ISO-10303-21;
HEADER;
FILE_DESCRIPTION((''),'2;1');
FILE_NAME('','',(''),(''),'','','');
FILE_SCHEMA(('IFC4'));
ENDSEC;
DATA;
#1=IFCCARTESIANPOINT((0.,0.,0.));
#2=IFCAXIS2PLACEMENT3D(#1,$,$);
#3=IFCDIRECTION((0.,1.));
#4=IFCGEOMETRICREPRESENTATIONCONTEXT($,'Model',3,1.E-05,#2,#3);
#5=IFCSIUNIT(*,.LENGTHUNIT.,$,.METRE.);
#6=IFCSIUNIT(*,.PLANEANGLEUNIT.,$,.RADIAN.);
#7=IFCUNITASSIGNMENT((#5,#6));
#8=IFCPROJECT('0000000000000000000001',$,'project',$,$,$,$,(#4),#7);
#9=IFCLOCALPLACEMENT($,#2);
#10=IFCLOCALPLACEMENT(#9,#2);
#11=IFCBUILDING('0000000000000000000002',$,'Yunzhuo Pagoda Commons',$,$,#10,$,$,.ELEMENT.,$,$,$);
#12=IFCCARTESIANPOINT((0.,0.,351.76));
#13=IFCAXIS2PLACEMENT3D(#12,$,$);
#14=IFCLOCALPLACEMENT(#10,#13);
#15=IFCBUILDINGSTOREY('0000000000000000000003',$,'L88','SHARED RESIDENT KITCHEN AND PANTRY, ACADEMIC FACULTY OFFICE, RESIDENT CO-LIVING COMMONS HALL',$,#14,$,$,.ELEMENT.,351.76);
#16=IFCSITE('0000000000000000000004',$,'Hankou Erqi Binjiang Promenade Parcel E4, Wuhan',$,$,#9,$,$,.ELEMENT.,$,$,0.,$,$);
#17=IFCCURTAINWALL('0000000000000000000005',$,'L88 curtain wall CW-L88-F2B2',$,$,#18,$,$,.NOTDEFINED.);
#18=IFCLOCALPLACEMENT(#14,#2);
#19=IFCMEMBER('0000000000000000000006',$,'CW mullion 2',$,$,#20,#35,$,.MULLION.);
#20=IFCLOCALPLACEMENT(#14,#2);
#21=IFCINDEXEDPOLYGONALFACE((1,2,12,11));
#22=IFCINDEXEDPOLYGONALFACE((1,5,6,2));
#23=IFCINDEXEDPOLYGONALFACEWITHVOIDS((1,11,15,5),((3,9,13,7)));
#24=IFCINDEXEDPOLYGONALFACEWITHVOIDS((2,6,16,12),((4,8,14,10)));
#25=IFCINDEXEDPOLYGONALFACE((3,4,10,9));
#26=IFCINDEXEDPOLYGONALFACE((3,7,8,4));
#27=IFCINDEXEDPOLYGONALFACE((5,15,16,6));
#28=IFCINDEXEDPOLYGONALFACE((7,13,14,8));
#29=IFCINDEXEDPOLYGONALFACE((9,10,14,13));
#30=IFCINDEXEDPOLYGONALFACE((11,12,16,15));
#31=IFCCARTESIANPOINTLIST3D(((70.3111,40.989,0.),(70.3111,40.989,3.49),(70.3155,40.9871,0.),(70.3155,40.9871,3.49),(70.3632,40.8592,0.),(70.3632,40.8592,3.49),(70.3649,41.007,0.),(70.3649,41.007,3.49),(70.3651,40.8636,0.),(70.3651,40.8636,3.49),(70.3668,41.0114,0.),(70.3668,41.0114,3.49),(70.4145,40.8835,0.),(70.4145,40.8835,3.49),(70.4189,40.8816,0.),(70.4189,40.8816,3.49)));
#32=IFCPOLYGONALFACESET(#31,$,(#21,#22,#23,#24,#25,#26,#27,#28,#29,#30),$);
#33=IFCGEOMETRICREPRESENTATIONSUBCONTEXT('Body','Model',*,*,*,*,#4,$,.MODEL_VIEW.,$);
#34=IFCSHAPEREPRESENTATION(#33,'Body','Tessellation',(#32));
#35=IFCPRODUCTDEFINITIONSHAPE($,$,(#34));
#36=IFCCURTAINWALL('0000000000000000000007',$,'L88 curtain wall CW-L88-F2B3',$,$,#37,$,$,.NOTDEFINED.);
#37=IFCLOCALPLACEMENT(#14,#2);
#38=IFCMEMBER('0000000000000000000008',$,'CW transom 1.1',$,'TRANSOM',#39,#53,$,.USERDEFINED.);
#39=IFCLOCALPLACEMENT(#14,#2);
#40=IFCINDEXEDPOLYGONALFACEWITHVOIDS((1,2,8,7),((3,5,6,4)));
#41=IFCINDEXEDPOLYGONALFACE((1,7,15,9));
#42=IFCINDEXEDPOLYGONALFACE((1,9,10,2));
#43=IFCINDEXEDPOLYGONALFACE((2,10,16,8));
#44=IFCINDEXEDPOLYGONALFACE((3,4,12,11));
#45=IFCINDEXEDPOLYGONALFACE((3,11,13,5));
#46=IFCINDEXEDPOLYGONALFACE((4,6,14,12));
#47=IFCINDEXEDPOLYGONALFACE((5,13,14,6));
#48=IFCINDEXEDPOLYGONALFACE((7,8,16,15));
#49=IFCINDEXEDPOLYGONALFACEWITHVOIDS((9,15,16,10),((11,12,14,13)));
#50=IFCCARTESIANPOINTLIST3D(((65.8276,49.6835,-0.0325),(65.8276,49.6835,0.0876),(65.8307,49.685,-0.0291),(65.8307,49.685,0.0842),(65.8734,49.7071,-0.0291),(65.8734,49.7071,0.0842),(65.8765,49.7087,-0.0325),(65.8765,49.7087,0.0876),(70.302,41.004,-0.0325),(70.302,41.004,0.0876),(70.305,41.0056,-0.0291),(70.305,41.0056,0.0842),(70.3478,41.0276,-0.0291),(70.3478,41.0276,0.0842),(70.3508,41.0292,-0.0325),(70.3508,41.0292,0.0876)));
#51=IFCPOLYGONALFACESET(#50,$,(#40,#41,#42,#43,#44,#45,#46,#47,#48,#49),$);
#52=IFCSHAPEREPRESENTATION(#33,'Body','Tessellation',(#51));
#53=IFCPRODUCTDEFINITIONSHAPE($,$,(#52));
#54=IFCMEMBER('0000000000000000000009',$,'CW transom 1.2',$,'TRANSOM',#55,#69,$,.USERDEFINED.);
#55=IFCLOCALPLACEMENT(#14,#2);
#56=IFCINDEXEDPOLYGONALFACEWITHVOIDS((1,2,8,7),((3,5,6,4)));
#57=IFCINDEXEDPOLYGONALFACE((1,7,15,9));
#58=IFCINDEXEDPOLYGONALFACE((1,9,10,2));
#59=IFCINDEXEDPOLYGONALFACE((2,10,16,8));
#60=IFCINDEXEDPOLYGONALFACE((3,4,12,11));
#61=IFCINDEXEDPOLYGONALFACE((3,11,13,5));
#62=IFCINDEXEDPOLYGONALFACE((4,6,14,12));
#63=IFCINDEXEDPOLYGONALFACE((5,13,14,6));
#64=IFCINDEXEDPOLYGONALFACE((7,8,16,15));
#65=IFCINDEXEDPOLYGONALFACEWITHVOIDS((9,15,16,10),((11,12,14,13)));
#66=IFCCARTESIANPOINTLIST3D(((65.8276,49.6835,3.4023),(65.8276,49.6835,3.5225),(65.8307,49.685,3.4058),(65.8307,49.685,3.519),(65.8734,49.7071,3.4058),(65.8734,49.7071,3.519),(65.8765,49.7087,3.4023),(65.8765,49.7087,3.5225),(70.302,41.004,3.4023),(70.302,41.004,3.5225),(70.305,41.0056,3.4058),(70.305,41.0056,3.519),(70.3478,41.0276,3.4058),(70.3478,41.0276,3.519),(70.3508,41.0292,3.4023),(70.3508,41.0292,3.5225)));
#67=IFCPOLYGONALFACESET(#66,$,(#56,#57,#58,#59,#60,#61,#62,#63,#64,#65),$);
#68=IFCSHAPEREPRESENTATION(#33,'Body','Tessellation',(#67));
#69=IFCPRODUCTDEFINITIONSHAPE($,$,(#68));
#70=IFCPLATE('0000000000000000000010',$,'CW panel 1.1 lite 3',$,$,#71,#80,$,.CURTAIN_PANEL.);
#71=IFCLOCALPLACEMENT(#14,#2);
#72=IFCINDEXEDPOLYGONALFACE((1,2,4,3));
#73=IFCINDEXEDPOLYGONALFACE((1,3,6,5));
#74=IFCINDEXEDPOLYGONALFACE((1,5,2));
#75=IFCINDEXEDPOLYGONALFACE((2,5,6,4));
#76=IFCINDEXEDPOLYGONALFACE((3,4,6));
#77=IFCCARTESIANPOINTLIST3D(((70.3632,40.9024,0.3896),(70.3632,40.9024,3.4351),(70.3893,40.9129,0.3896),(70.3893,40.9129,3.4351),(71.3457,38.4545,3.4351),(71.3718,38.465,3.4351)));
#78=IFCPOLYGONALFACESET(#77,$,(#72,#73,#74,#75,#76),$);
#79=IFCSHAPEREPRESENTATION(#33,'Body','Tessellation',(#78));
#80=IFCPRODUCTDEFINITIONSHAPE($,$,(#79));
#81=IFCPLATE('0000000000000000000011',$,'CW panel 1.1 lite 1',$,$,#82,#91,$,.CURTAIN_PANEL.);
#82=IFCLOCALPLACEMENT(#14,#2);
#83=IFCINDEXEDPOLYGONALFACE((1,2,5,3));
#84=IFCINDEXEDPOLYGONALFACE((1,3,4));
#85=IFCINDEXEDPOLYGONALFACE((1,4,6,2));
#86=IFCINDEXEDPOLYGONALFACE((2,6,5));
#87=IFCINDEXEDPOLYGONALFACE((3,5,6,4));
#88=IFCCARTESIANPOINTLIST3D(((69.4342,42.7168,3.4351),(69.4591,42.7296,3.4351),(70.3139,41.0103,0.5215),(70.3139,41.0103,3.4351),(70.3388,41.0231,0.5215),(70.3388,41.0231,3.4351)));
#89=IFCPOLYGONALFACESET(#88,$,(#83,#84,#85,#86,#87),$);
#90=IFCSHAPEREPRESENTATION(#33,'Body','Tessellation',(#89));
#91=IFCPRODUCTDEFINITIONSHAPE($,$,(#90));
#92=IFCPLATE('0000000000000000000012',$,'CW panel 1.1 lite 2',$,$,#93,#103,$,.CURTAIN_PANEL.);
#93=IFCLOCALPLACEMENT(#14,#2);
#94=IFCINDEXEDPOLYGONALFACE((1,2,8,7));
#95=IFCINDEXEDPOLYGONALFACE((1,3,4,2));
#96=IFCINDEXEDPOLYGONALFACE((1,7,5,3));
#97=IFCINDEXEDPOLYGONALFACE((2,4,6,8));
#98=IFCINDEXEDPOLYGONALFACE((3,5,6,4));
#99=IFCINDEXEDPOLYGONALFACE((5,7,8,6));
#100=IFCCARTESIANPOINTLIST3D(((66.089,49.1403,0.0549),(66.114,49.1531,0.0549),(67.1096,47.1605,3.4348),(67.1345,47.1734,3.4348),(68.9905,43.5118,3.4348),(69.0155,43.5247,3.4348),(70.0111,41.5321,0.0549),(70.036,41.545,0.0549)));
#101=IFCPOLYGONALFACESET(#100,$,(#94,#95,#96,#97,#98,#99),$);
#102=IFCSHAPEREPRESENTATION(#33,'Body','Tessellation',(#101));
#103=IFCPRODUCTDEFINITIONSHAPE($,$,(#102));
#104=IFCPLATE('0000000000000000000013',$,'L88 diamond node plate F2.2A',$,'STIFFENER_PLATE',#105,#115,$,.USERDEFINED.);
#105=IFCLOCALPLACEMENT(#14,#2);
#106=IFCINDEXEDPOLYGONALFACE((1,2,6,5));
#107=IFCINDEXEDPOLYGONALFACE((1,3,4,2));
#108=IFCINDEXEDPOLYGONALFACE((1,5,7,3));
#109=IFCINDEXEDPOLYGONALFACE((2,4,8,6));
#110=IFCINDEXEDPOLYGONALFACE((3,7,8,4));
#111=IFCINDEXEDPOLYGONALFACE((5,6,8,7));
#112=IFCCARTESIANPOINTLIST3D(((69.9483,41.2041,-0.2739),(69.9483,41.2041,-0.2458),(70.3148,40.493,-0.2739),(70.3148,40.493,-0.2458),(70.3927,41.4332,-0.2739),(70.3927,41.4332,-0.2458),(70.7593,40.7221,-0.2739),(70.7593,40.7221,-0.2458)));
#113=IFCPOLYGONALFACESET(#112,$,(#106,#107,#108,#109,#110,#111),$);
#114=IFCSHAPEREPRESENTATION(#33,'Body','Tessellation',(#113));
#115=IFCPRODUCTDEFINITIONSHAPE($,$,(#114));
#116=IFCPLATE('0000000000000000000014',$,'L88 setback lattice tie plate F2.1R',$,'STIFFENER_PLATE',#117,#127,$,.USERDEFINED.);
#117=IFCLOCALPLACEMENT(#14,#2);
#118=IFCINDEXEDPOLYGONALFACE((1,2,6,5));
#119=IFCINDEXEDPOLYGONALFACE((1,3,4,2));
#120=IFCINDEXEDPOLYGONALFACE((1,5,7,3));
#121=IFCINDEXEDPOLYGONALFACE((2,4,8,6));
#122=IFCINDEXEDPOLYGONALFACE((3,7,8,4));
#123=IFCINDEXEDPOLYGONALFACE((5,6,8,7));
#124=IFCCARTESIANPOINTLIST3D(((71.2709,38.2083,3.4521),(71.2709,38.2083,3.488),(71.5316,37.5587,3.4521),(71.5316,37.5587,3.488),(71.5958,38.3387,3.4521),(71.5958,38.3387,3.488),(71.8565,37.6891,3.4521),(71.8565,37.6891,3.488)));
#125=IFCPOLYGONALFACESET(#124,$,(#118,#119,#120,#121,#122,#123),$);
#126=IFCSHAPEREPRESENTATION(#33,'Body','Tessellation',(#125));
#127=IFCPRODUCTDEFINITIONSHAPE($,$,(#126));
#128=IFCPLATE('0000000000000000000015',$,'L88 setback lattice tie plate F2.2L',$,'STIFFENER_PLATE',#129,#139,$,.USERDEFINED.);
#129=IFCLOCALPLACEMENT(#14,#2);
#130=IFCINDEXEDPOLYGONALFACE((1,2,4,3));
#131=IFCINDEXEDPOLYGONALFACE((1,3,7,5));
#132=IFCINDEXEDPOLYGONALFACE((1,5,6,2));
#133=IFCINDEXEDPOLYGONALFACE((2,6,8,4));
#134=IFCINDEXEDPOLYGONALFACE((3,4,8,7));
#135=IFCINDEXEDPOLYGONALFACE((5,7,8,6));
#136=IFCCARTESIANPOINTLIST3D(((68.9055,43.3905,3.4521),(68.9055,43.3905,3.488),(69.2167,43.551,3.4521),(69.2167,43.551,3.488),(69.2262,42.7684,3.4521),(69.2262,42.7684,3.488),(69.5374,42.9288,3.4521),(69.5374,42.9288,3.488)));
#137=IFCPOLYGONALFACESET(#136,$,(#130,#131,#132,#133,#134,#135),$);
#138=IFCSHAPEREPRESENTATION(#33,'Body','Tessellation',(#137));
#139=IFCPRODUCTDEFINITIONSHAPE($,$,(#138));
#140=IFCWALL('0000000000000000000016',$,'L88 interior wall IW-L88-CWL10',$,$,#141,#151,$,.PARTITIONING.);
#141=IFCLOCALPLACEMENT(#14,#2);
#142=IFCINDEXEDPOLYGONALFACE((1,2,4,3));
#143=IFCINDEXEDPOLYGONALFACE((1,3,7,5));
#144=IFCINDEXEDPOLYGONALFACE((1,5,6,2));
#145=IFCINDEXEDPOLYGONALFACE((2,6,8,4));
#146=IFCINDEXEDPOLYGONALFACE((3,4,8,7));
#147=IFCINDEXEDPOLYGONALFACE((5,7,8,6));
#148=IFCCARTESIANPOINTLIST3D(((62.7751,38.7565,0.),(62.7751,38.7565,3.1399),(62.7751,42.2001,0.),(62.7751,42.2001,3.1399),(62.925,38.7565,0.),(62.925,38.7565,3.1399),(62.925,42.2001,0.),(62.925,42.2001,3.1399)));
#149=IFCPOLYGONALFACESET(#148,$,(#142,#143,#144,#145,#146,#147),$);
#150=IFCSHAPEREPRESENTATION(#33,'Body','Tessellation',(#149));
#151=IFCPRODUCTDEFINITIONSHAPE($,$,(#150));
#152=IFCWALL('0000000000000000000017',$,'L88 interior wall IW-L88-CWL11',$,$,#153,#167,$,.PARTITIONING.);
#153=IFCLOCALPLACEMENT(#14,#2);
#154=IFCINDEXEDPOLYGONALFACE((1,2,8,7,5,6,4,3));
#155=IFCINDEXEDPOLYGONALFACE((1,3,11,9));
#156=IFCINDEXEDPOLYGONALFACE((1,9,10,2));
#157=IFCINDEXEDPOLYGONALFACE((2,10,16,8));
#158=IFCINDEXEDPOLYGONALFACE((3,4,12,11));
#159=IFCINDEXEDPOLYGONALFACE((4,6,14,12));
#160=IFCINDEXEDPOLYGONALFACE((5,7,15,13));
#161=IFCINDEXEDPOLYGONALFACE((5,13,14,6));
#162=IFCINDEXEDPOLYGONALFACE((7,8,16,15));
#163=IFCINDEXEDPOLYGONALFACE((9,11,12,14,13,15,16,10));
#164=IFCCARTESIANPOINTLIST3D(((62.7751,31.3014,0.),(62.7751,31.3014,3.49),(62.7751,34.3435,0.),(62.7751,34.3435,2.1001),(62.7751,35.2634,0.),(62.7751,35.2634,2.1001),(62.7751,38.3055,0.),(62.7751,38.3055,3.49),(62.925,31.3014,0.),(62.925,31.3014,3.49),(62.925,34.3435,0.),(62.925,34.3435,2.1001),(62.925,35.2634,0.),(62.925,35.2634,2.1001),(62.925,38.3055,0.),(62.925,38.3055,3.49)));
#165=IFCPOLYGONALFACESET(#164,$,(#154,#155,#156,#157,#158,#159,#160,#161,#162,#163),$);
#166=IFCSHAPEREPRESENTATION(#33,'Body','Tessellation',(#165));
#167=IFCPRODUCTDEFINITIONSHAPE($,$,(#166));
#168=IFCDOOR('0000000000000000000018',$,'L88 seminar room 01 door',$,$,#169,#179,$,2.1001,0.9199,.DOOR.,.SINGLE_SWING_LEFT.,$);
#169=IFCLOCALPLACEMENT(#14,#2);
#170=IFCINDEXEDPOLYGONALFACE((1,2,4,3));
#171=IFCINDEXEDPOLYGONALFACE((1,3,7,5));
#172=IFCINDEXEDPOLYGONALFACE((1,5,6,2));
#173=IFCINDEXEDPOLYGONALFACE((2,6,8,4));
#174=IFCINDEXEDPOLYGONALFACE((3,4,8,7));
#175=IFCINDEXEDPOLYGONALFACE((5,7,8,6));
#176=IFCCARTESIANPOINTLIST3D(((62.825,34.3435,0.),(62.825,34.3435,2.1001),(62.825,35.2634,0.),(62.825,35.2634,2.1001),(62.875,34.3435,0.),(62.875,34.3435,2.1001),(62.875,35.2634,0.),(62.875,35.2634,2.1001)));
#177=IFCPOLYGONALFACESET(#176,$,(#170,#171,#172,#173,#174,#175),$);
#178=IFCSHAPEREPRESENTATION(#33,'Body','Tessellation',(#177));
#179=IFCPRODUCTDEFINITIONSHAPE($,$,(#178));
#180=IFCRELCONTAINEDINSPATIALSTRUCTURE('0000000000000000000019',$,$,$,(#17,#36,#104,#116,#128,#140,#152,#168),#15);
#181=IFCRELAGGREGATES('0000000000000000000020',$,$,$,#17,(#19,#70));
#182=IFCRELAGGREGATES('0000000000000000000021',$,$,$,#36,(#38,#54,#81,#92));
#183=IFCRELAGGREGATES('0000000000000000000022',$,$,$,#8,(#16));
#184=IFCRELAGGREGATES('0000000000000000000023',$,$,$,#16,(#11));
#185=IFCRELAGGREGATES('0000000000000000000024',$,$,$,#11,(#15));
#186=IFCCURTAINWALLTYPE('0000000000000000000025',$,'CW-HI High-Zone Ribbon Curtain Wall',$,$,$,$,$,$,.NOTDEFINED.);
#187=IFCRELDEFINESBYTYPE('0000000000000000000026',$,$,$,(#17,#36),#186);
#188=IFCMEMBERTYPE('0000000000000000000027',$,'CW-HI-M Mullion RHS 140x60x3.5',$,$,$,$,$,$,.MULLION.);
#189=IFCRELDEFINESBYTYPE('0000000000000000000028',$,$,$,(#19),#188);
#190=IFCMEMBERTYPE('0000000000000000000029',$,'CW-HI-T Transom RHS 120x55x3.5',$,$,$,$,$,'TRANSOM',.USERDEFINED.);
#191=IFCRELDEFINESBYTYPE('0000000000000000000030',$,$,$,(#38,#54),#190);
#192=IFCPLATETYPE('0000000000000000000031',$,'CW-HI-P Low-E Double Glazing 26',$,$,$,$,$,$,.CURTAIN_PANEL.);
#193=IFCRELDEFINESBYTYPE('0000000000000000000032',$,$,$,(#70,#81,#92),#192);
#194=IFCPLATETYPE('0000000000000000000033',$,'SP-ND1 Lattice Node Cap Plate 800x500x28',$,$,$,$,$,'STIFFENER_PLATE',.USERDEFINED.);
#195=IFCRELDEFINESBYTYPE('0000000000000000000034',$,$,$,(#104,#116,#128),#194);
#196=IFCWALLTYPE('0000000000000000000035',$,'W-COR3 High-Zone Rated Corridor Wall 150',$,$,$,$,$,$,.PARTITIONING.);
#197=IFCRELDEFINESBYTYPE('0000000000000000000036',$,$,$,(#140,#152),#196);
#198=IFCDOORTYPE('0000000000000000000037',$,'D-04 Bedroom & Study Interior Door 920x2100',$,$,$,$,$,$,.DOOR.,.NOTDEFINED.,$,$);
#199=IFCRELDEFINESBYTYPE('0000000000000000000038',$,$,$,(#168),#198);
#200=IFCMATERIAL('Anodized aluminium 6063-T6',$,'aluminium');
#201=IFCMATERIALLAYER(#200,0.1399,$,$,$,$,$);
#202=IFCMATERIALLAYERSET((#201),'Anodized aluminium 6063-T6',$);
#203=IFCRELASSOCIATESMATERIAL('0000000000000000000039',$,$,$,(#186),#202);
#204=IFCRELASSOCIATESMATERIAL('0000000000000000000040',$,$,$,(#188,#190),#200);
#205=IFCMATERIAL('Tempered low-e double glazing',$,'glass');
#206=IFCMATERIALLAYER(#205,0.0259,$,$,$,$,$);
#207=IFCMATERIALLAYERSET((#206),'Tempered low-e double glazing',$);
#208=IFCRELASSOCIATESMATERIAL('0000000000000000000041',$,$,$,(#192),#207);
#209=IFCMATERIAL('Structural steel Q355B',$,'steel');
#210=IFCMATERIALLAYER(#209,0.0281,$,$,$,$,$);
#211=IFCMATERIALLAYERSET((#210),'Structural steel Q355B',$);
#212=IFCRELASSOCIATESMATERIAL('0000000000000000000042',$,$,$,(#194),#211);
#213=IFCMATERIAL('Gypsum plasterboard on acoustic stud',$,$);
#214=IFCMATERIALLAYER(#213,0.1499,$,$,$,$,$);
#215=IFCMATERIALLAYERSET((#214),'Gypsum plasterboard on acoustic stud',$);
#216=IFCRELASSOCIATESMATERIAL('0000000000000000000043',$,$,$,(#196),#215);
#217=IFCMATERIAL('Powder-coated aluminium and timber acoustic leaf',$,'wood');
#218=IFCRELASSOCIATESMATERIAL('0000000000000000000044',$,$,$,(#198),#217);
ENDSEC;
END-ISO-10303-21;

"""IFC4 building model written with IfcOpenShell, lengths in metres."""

from ifc_helpers import new_model, si_unit, direction, frame, frame_2d, origin, origin_with_axes, origin_2d, place, context, subcontext, project, spatial, polyline, rectangle, hollow_rectangle, outline, extrude, source, transform, mapped, material, layer, layer_set, material_profile, profile_set, type_object, element, fill, aggregate, save


model = new_model("IFC4")

# Units and contexts
model_context = context("Model", 3, precision=1e-05, world=origin(), true_north=direction((0.0, 1.0)))
body_context = subcontext(model_context, "Body", "Model", "MODEL_VIEW")
ifc_project = project(units=[si_unit("LENGTHUNIT", "METRE"), si_unit("PLANEANGLEUNIT", "RADIAN")], contexts=[model_context])

# Site, building, storey
site_placement = place(None, origin())
site = spatial("IfcSite", under=ifc_project, at=site_placement, Name="Hankou Erqi Binjiang Promenade Parcel E4, Wuhan", CompositionType="ELEMENT", RefElevation=0.0)
building_placement = place(site_placement, origin())
building = spatial("IfcBuilding", under=site, at=building_placement, Name="Yunzhuo Pagoda Commons", CompositionType="ELEMENT")
storey_placement = place(building_placement, frame((0.0, 0.0, 351.76)))
storey = spatial("IfcBuildingStorey", under=building, at=storey_placement, Name="L88", Description="SHARED RESIDENT KITCHEN AND PANTRY, ACADEMIC FACULTY OFFICE, RESIDENT CO-LIVING COMMONS HALL", CompositionType="ELEMENT", Elevation=351.76)

# Shared definitions
ifc_material_1 = material(Name="Structural steel Q355B", Category="steel")

# Curtain wall, member
ifc_material_2 = material(Name="Anodized aluminium 6063-T6", Category="aluminium")
ifc_layer_1 = layer(ifc_material_2, 0.1399)
ifc_layer_set_1 = layer_set([ifc_layer_1], Name="Anodized aluminium 6063-T6")
curtain_wall_type = type_object("IfcCurtainWallType", Name="CW-HI High-Zone Ribbon Curtain Wall", PredefinedType="NOTDEFINED", material=ifc_layer_set_1)
curtain_wall_1_placement = place(storey_placement, origin())
curtain_wall_1 = element("IfcCurtainWall", 1, at=curtain_wall_1_placement, inside=storey, type_object=curtain_wall_type, Name="L88 curtain wall CW-L88-F2B2", PredefinedType="NOTDEFINED")
ifc_material_profile_1 = material_profile(ifc_material_2, hollow_rectangle(XDim=0.0601, YDim=0.1399, WallThickness=0.0034, at=origin_2d()), Name="Anodized aluminium 6063-T6")
ifc_profile_set_1 = profile_set([ifc_material_profile_1], Name="Anodized aluminium 6063-T6")
member_type_1 = type_object("IfcMemberType", Name="CW-HI-M Mullion RHS 140x60x3.5", PredefinedType="MULLION", material=ifc_profile_set_1)
shared_shape_1 = source(origin(), body_context, "Body", "SweptSolid", [
    extrude(hollow_rectangle(XDim=0.0601, YDim=0.1399, WallThickness=0.0034, at=origin_2d()), origin(), (0.0, 0.0, 1.0), 3.49),
])
member_1_placement = place(storey_placement, frame((70.365, 40.9353, 0.0), z_axis=(0.0, 0.0, 1.0), x_axis=(-0.928039, -0.372483, 0.0)))
member_1 = element("IfcMember", 2, at=member_1_placement, type_object=member_type_1, Name="CW mullion 2", PredefinedType="MULLION", context=body_context, shape_type="MappedRepresentation", body=[
    mapped(shared_shape_1, transform((0.0, 0.0, 0.0), scale=1.0)),
])

# Curtain wall, members
curtain_wall_2_placement = place(storey_placement, origin())
curtain_wall_2 = element("IfcCurtainWall", 3, at=curtain_wall_2_placement, inside=storey, type_object=curtain_wall_type, Name="L88 curtain wall CW-L88-F2B3", PredefinedType="NOTDEFINED")
ifc_material_profile_2 = material_profile(ifc_material_2, hollow_rectangle(XDim=0.0549, YDim=0.1201, WallThickness=0.0034, at=origin_2d()), Name="Anodized aluminium 6063-T6")
ifc_profile_set_2 = profile_set([ifc_material_profile_2], Name="Anodized aluminium 6063-T6")
member_type_2 = type_object("IfcMemberType", Name="CW-HI-T Transom RHS 120x55x3.5", ElementType="TRANSOM", PredefinedType="USERDEFINED", material=ifc_profile_set_2)
shared_shape_2 = source(origin(), body_context, "Body", "SweptSolid", [
    extrude(hollow_rectangle(XDim=0.0549, YDim=0.1201, WallThickness=0.0034, at=origin_2d()), origin(), (0.0, 0.0, 1.0), 9.7649),
])
member_2_placement = place(storey_placement, frame((70.3264, 41.0166, 0.0276), z_axis=(-0.45821, 0.888844, 0.0), x_axis=(-0.888844, -0.45821, 0.0)))
member_2 = element("IfcMember", 4, at=member_2_placement, type_object=member_type_2, Name="CW transom 1.1", ObjectType="TRANSOM", PredefinedType="USERDEFINED", context=body_context, shape_type="MappedRepresentation", body=[
    mapped(shared_shape_2, transform((0.0, 0.0, 0.0), scale=1.0)),
])
member_3_placement = place(storey_placement, frame((70.3264, 41.0166, 3.4624), z_axis=(-0.45821, 0.888844, 0.0), x_axis=(-0.888844, -0.45821, 0.0)))
member_3 = element("IfcMember", 5, at=member_3_placement, type_object=member_type_2, Name="CW transom 1.2", ObjectType="TRANSOM", PredefinedType="USERDEFINED", context=body_context, shape_type="MappedRepresentation", body=[
    mapped(shared_shape_2, transform((0.0, 0.0, 0.0), scale=1.0)),
])

# Plates
ifc_material_3 = material(Name="Tempered low-e double glazing", Category="glass")
ifc_layer_2 = layer(ifc_material_3, 0.0259)
ifc_layer_set_2 = layer_set([ifc_layer_2], Name="Tempered low-e double glazing")
plate_type_1 = type_object("IfcPlateType", Name="CW-HI-P Low-E Double Glazing 26", PredefinedType="CURTAIN_PANEL", material=ifc_layer_set_2)
plate_1_placement = place(storey_placement, frame((70.8545, 39.6785, 1.9124), z_axis=(0.928039, 0.372483, 0.0), x_axis=(-0.372483, 0.928039, 0.0)))
plate_1 = element("IfcPlate", 6, at=plate_1_placement, type_object=plate_type_1, Name="CW panel 1.1 lite 3", PredefinedType="CURTAIN_PANEL", context=body_context, shape_type="SweptSolid", body=[
    extrude(outline(polyline([(-1.3188, 1.5227), (1.3188, -1.5227), (1.3188, 1.5227), (-1.3188, 1.5227)])), origin(), (0.0, 0.0, 1.0), 0.0281),
])
aggregate(curtain_wall_1, [member_1, plate_1])
plate_2_placement = place(storey_placement, frame((69.874, 41.8635, 1.9783), z_axis=(0.888846, 0.458207, 0.0), x_axis=(-0.458207, 0.888846, 0.0)))
plate_2 = element("IfcPlate", 7, at=plate_2_placement, type_object=plate_type_1, Name="CW panel 1.1 lite 1", PredefinedType="CURTAIN_PANEL", context=body_context, shape_type="SweptSolid", body=[
    extrude(outline(polyline([(-0.96, -1.4568), (0.96, 1.4568), (-0.96, 1.4568), (-0.96, -1.4568)])), origin(), (0.0, 0.0, 1.0), 0.0281),
])
plate_3_placement = place(storey_placement, frame((68.05, 45.3362, 1.7449), z_axis=(0.888846, 0.458207, 0.0), x_axis=(-0.458207, 0.888846, 0.0)))
plate_3 = element("IfcPlate", 8, at=plate_3_placement, type_object=plate_type_1, Name="CW panel 1.1 lite 2", PredefinedType="CURTAIN_PANEL", context=body_context, shape_type="SweptSolid", body=[
    extrude(outline(polyline([(-4.2798, -1.6899), (4.2798, -1.6899), (2.0525, 1.6899), (-2.0525, 1.6899), (-4.2798, -1.6899)])), origin(), (0.0, 0.0, 1.0), 0.0281),
])
aggregate(curtain_wall_2, [member_2, member_3, plate_2, plate_3])

# Plates
ifc_layer_3 = layer(ifc_material_1, 0.0281)
ifc_layer_set_3 = layer_set([ifc_layer_3], Name="Structural steel Q355B")
plate_type_2 = type_object("IfcPlateType", Name="SP-ND1 Lattice Node Cap Plate 800x500x28", ElementType="STIFFENER_PLATE", PredefinedType="USERDEFINED", material=ifc_layer_set_3)
shared_shape_3 = source(origin(), body_context, "Body", "SweptSolid", [
    extrude(rectangle(XDim=0.8, YDim=0.5, at=origin_2d()), origin(), (0.0, 0.0, 1.0), 0.0281),
])
plate_4_placement = place(storey_placement, frame((70.3538, 40.9631, -0.2739), z_axis=(0.0, 0.0, 1.0), x_axis=(-0.4582, 0.888849, 0.0)))
element("IfcPlate", 9, at=plate_4_placement, inside=storey, type_object=plate_type_2, Name="L88 diamond node plate F2.2A", ObjectType="STIFFENER_PLATE", PredefinedType="USERDEFINED", context=body_context, shape_type="MappedRepresentation", body=[
    mapped(shared_shape_3, transform((0.0, 0.0, 0.0), scale=1.0)),
])
shared_shape_4 = source(origin(), body_context, "Body", "SweptSolid", [
    extrude(rectangle(XDim=0.7, YDim=0.3501, at=origin_2d()), origin(), (0.0, 0.0, 1.0), 0.0359),
])
for number, where, z_axis, x_axis, name in (
    (10, (71.5637, 37.9487, 3.4521), (0.0, 0.0, 1.0), (-0.372486, 0.928038, 0.0), "L88 setback lattice tie plate F2.1R"),
    (11, (69.2214, 43.1597, 3.4521), (0.0, 0.0, 1.0), (-0.4582, 0.888849, 0.0), "L88 setback lattice tie plate F2.2L"),
):
    element("IfcPlate", number, at=place(storey_placement, frame(where, z_axis=z_axis, x_axis=x_axis)), inside=storey, type_object=plate_type_2, Name=name, ObjectType="STIFFENER_PLATE", PredefinedType="USERDEFINED", context=body_context, shape_type="MappedRepresentation", body=[
        mapped(shared_shape_4, transform((0.0, 0.0, 0.0), scale=1.0)),
    ])

# Wall
ifc_material_4 = material(Name="Gypsum plasterboard on acoustic stud")
ifc_layer_4 = layer(ifc_material_4, 0.1499)
ifc_layer_set_4 = layer_set([ifc_layer_4], Name="Gypsum plasterboard on acoustic stud")
wall_type_1 = type_object("IfcWallType", Name="W-COR3 High-Zone Rated Corridor Wall 150", PredefinedType="PARTITIONING", material=ifc_layer_set_4)
wall_1_placement = place(storey_placement, frame((62.8501, 42.2, 0.0), z_axis=(0.0, 0.0, 1.0), x_axis=(0.0, -1.0, 0.0)))
element("IfcWall", 12, at=wall_1_placement, inside=storey, type_object=wall_type_1, Name="L88 interior wall IW-L88-CWL10", PredefinedType="PARTITIONING", context=body_context, shape_type="SweptSolid", body=[
    extrude(rectangle(XDim=3.4436, YDim=0.1499, at=frame_2d((1.7217, 0.0))), origin(), (0.0, 0.0, 1.0), 3.1399),
])

# Wall, opening, door
wall_2_placement = place(storey_placement, frame((62.8501, 38.3054, 0.0), z_axis=(0.0, 0.0, 1.0), x_axis=(0.0, -1.0, 0.0)))
wall_2 = element("IfcWall", 13, at=wall_2_placement, inside=storey, type_object=wall_type_1, Name="L88 interior wall IW-L88-CWL11", PredefinedType="PARTITIONING", context=body_context, shape_type="SweptSolid", body=[
    extrude(rectangle(XDim=7.0042, YDim=0.1499, at=frame_2d((3.502, 0.0))), origin(), (0.0, 0.0, 1.0), 3.49),
])
opening_placement = place(wall_2_placement, frame((3.042, 0.0, 0.0)))
opening = element("IfcOpeningElement", 14, at=opening_placement, cuts=wall_2, PredefinedType="OPENING", context=body_context, shape_type="SweptSolid", body=[
    extrude(rectangle(XDim=0.9199, YDim=2.1001, at=frame_2d((0.46, 1.05))), frame((0.0, 0.085, 0.0), z_axis=(0.0, -1.0, 0.0), x_axis=(1.0, 0.0, 0.0)), (0.0, 0.0, 1.0), 0.1699),
])
ifc_material_5 = material(Name="Powder-coated aluminium and timber acoustic leaf", Category="wood")
door_type = type_object("IfcDoorType", Name="D-04 Bedroom & Study Interior Door 920x2100", OperationType="NOTDEFINED", PredefinedType="DOOR", material=ifc_material_5)
shared_shape_5 = source(origin(), body_context, "Body", "SweptSolid", [
    extrude(rectangle(XDim=0.9199, YDim=2.1001, at=frame_2d((0.46, 1.05))), frame((0.0, 0.0249, 0.0), z_axis=(0.0, -1.0, 0.0), x_axis=(1.0, 0.0, 0.0)), (0.0, 0.0, 1.0), 0.05),
])
door_placement = place(opening_placement, origin_with_axes())
door = element("IfcDoor", 15, at=door_placement, inside=storey, type_object=door_type, Name="L88 seminar room 01 door", OperationType="SINGLE_SWING_LEFT", OverallHeight=2.1001, OverallWidth=0.9199, PredefinedType="DOOR", context=body_context, shape_type="MappedRepresentation", body=[
    mapped(shared_shape_5, transform((0.0, 0.0, 0.0), scale=1.0)),
])
fill(opening, door)

save(model, "model.ifc")
